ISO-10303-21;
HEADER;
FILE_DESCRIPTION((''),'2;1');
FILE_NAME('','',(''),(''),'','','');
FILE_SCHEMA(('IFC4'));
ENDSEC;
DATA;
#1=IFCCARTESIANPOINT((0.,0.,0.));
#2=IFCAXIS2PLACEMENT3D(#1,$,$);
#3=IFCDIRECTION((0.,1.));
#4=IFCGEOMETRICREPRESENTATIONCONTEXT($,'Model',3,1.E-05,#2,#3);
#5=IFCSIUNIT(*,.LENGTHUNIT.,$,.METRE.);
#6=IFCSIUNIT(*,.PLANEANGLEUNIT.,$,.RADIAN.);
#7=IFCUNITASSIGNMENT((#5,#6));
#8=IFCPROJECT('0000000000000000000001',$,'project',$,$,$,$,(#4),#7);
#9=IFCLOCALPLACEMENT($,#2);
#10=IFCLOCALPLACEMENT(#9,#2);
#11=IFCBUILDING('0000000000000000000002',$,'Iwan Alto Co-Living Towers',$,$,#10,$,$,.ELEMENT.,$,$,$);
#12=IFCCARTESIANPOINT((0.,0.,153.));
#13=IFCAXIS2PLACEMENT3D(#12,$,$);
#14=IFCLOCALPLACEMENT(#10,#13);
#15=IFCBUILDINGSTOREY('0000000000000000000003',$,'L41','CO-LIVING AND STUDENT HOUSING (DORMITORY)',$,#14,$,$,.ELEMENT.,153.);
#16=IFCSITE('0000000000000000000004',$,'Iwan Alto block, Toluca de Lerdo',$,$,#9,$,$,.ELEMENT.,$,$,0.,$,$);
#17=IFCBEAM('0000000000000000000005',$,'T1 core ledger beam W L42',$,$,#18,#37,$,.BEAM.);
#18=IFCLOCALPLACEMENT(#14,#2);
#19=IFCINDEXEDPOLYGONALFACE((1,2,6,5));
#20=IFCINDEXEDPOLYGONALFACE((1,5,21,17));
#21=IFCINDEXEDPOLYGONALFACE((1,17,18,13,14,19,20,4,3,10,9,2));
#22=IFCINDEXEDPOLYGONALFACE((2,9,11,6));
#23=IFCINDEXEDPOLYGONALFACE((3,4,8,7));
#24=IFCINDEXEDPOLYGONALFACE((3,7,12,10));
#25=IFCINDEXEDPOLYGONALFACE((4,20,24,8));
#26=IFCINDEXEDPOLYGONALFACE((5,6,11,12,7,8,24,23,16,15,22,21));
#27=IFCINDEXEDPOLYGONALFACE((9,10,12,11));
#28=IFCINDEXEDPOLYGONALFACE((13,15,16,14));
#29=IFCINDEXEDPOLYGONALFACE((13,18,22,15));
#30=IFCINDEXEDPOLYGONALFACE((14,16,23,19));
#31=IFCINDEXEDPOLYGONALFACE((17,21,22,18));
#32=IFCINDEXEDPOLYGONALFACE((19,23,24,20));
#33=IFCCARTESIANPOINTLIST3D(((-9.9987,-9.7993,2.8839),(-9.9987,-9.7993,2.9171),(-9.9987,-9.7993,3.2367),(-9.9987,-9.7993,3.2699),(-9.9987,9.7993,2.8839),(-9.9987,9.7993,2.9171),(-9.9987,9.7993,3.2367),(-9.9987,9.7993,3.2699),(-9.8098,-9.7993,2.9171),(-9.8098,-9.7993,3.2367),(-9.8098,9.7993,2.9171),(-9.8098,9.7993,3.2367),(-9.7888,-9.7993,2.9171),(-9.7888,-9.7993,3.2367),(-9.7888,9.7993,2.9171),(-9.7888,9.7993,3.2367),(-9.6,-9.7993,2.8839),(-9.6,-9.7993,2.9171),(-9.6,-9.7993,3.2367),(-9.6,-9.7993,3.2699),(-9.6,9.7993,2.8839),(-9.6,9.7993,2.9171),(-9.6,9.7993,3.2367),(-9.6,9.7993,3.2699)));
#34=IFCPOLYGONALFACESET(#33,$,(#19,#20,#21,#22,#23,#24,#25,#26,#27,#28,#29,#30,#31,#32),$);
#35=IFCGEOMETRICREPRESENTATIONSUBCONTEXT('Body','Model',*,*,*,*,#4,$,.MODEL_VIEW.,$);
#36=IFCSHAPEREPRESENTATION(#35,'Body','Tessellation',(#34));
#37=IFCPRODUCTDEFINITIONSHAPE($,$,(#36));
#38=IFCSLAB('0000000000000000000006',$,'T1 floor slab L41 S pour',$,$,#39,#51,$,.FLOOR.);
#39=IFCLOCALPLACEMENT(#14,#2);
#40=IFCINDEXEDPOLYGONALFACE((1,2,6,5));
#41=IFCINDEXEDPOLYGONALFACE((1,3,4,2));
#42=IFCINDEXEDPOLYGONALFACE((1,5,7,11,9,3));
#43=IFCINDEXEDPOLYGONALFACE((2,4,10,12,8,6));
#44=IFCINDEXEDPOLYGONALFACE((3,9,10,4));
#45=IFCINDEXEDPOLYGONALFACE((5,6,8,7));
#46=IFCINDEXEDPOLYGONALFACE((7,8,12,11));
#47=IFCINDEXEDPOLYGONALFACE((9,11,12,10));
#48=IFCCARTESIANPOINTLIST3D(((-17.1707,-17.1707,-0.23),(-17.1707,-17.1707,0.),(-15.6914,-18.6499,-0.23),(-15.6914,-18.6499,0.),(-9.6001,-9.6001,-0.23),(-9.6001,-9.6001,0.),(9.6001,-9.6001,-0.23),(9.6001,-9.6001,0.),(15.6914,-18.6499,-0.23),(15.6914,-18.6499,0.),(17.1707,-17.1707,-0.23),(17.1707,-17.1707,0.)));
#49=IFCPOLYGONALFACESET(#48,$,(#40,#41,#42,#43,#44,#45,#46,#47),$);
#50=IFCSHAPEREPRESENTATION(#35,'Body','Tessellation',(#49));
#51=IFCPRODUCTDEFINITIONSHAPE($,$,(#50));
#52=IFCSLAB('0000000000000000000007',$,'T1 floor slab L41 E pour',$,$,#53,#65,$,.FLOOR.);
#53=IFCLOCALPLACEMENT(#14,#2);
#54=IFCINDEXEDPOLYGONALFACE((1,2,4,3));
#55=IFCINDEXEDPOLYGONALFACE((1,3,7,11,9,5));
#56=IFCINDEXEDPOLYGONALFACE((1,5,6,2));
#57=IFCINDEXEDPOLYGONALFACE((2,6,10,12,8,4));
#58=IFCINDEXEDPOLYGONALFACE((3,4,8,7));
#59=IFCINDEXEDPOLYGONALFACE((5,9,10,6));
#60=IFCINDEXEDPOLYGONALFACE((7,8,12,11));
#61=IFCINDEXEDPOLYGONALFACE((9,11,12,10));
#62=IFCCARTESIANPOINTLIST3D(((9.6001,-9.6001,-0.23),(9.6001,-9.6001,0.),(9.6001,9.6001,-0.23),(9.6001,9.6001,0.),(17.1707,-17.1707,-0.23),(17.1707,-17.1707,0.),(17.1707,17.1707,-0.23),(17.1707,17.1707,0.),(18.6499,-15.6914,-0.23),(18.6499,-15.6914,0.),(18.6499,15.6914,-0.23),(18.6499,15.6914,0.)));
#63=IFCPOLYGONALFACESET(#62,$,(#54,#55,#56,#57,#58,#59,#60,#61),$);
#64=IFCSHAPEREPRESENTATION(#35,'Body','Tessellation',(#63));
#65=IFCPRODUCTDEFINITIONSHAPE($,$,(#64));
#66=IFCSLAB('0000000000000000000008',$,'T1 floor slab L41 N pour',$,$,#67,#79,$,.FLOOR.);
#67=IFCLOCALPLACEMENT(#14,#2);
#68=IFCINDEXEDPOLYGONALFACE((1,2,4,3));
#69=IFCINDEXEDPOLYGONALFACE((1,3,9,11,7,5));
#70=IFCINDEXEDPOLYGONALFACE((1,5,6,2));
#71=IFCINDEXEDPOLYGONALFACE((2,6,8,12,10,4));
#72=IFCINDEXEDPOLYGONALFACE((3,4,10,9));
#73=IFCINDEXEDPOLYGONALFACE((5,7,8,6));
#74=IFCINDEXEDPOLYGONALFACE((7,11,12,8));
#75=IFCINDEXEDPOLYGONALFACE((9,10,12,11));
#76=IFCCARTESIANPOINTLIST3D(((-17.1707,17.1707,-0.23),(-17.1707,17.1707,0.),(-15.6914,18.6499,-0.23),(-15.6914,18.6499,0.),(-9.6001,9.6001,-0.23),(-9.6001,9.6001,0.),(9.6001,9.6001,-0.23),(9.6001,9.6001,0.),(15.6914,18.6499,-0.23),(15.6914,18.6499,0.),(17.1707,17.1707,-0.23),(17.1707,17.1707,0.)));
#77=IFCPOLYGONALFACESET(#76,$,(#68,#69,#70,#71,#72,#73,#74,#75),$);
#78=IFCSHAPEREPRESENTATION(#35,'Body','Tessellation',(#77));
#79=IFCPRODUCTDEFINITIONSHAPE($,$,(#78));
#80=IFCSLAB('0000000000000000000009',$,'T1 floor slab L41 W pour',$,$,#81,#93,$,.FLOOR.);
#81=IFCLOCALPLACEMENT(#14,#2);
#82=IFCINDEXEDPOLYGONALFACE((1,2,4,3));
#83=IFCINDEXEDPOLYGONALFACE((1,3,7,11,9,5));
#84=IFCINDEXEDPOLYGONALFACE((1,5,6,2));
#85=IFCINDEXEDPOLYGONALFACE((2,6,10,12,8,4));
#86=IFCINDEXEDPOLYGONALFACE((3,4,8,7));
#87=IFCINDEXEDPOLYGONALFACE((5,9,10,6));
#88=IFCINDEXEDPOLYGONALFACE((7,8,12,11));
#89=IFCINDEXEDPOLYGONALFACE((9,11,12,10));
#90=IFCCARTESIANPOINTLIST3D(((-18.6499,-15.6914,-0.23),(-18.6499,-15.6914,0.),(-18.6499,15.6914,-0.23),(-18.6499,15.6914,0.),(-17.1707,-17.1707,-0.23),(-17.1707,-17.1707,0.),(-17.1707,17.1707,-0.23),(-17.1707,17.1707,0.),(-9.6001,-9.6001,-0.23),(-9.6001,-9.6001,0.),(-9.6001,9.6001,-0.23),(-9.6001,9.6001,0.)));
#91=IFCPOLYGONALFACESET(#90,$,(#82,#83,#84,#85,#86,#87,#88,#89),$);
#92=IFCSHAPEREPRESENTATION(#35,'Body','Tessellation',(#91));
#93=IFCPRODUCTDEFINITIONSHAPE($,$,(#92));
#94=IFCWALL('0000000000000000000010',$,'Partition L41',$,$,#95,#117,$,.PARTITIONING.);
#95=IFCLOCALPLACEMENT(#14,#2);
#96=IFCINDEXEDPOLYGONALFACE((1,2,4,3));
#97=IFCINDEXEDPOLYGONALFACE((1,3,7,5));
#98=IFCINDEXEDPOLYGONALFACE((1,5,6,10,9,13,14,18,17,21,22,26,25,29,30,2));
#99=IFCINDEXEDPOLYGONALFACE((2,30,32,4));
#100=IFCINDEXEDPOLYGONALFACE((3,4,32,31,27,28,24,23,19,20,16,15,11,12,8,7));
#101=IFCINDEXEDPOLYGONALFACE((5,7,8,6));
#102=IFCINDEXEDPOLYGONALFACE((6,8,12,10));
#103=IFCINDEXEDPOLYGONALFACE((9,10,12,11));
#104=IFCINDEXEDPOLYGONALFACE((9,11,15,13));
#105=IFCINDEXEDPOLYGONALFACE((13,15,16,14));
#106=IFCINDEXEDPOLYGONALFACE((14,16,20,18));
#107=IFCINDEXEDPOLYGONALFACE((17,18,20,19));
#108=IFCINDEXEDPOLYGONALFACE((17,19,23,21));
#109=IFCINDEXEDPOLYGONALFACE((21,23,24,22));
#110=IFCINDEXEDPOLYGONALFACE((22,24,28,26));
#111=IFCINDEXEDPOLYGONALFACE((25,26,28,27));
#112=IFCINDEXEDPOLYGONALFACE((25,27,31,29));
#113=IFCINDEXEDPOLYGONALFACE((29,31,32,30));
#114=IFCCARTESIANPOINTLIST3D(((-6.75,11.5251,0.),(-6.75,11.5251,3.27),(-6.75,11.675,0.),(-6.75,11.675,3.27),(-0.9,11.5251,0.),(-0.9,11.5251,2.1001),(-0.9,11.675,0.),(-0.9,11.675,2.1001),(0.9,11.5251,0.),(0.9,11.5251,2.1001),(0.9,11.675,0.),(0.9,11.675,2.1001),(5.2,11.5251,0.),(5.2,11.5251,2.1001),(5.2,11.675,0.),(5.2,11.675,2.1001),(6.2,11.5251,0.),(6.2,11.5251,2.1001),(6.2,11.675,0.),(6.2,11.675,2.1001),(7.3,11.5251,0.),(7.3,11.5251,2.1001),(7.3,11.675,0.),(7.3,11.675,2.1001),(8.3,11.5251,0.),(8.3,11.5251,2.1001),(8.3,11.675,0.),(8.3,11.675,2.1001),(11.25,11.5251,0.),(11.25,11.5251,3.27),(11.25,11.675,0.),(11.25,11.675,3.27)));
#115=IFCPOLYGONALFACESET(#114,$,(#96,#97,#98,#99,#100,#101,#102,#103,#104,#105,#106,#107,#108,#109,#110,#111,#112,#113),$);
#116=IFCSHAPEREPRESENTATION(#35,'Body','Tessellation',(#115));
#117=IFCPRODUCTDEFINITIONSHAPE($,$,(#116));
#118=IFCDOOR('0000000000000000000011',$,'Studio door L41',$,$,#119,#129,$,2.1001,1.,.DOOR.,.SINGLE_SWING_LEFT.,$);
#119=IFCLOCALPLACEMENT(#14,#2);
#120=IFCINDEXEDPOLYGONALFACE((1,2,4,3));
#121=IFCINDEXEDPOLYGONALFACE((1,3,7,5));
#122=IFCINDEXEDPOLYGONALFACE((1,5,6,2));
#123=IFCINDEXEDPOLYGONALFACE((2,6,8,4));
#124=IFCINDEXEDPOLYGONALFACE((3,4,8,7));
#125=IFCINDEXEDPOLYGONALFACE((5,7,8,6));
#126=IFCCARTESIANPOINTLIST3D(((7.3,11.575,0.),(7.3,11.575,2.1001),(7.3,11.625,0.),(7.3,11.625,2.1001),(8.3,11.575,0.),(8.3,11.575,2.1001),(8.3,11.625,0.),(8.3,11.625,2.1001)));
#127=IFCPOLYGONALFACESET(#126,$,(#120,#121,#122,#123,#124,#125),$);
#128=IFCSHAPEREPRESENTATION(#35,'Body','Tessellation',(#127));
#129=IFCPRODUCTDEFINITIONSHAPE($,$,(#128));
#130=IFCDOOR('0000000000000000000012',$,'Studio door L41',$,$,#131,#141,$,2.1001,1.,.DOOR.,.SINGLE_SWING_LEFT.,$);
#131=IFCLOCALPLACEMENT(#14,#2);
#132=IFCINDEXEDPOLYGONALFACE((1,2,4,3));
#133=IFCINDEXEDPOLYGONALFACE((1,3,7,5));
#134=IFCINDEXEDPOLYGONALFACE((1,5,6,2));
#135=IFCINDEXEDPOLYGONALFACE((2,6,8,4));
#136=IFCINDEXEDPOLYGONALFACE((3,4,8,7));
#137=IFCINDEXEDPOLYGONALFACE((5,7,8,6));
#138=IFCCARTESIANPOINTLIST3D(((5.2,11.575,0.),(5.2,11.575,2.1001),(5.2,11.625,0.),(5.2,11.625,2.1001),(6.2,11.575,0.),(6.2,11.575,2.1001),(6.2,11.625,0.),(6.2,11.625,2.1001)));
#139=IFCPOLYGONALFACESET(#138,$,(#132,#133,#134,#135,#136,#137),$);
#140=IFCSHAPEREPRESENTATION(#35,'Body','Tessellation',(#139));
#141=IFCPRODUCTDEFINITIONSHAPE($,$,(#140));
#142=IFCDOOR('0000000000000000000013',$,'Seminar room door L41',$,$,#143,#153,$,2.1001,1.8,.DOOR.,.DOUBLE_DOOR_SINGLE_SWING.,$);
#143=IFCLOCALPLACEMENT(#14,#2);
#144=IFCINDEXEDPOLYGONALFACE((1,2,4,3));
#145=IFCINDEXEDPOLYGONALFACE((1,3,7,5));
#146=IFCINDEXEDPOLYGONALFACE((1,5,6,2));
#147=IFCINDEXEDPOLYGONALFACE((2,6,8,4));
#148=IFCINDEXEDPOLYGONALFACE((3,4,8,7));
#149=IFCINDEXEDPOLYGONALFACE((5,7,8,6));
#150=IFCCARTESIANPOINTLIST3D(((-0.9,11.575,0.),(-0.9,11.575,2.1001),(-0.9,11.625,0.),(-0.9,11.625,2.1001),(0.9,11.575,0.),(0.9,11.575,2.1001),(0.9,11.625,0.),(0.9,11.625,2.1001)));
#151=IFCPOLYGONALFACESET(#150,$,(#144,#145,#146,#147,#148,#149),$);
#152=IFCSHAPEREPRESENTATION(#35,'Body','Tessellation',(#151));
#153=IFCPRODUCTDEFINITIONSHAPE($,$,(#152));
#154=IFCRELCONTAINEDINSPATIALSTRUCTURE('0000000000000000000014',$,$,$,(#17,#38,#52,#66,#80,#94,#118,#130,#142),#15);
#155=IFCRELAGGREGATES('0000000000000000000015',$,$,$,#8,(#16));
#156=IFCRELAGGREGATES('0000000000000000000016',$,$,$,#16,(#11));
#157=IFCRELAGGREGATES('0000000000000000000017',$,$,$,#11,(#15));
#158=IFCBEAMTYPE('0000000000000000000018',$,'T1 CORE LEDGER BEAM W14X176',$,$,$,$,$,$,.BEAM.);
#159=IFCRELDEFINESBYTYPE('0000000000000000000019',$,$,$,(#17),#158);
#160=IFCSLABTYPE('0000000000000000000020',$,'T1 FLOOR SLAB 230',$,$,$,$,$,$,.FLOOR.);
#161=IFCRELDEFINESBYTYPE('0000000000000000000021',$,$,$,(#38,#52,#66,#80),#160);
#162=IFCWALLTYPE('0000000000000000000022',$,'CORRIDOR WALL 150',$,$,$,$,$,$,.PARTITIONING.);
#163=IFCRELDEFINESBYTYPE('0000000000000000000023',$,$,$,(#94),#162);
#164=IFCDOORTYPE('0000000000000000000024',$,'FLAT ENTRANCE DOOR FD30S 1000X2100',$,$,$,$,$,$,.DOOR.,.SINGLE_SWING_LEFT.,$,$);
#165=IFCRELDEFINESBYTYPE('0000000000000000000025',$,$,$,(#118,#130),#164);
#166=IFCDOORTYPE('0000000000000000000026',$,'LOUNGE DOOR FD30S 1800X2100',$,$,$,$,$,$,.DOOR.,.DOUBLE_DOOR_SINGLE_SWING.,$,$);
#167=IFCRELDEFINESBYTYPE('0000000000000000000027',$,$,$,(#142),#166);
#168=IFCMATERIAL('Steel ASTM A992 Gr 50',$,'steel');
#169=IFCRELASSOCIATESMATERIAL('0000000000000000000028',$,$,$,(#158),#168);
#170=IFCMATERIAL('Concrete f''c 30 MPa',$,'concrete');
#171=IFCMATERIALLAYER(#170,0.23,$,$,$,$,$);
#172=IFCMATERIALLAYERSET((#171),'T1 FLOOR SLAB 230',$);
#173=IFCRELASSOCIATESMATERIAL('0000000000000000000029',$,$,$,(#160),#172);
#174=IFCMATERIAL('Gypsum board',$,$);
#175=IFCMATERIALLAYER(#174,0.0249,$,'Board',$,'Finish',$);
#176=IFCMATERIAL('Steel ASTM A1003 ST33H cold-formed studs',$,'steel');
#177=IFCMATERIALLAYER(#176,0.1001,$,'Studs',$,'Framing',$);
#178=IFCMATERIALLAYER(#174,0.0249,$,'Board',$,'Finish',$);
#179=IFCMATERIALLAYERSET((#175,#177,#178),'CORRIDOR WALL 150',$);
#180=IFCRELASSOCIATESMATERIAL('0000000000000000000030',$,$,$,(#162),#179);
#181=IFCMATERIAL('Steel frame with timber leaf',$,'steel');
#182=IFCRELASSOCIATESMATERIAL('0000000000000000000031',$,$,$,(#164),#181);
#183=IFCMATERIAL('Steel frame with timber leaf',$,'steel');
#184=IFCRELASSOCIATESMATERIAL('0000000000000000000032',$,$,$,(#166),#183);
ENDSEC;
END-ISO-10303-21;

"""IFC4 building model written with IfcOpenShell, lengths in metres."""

from ifc_helpers import new_model, si_unit, direction, frame, frame_2d, origin, origin_2d, place, context, subcontext, project, spatial, polyline, rectangle, i_section, outline, extrude, material, layer, layer_set, material_profile, profile_set, type_object, element, fill, save


model = new_model("IFC4")

# Units and contexts
model_context = context("Model", 3, precision=1e-05, world=origin(), true_north=direction((0.0, 1.0)))
body_context = subcontext(model_context, "Body", "Model", "MODEL_VIEW")
ifc_project = project(units=[si_unit("LENGTHUNIT", "METRE"), si_unit("PLANEANGLEUNIT", "RADIAN")], contexts=[model_context])

# Site, building, storey
site_placement = place(None, origin())
site = spatial("IfcSite", under=ifc_project, at=site_placement, Name="Iwan Alto block, Toluca de Lerdo", CompositionType="ELEMENT", RefElevation=0.0)
building_placement = place(site_placement, origin())
building = spatial("IfcBuilding", under=site, at=building_placement, Name="Iwan Alto Co-Living Towers", CompositionType="ELEMENT")
storey_placement = place(building_placement, frame((0.0, 0.0, 153.0)))
storey = spatial("IfcBuildingStorey", under=building, at=storey_placement, Name="L41", Description="CO-LIVING AND STUDENT HOUSING (DORMITORY)", CompositionType="ELEMENT", Elevation=153.0)

# Beam
ifc_material_1 = material(Name="Steel ASTM A992 Gr 50", Category="steel")
ifc_material_profile = material_profile(ifc_material_1, i_section(OverallWidth=0.3987, OverallDepth=0.386, WebThickness=0.021, FlangeThickness=0.0332, at=origin_2d()), Name="W14X176")
ifc_profile_set = profile_set([ifc_material_profile], Name="Steel ASTM A992 Gr 50")
beam_type = type_object("IfcBeamType", Name="T1 CORE LEDGER BEAM W14X176", PredefinedType="BEAM", material=ifc_profile_set)
beam_placement = place(storey_placement, frame((-9.7993, 9.7993, 3.0769), z_axis=(0.0, -1.0, 0.0), x_axis=(1.0, 0.0, 0.0)))
element("IfcBeam", 1, at=beam_placement, inside=storey, type_object=beam_type, Name="T1 core ledger beam W L42", PredefinedType="BEAM", context=body_context, shape_type="SweptSolid", body=[
    extrude(i_section(OverallWidth=0.3987, OverallDepth=0.386, WebThickness=0.021, FlangeThickness=0.0332, at=origin_2d()), origin(), (0.0, 0.0, 1.0), 19.5986),
])

# Slabs
ifc_material_2 = material(Name="Concrete f'c 30 MPa", Category="concrete")
ifc_layer_1 = layer(ifc_material_2, 0.23)
ifc_layer_set_1 = layer_set([ifc_layer_1], Name="T1 FLOOR SLAB 230")
slab_type = type_object("IfcSlabType", Name="T1 FLOOR SLAB 230", PredefinedType="FLOOR", material=ifc_layer_set_1)
slab_1_placement = place(storey_placement, frame((0.0, 0.0, -0.23)))
element("IfcSlab", 2, at=slab_1_placement, inside=storey, type_object=slab_type, Name="T1 floor slab L41 S pour", PredefinedType="FLOOR", context=body_context, shape_type="SweptSolid", body=[
    extrude(outline(polyline([(15.6914, -18.6499), (-15.6914, -18.6499), (-17.1707, -17.1707), (-9.6001, -9.6001), (9.6001, -9.6001), (17.1707, -17.1707), (15.6914, -18.6499)])), origin(), (0.0, 0.0, 1.0), 0.23),
])
slab_2_placement = place(storey_placement, frame((0.0, 0.0, -0.23)))
element("IfcSlab", 3, at=slab_2_placement, inside=storey, type_object=slab_type, Name="T1 floor slab L41 E pour", PredefinedType="FLOOR", context=body_context, shape_type="SweptSolid", body=[
    extrude(outline(polyline([(18.6499, 15.6914), (18.6499, -15.6914), (17.1707, -17.1707), (9.6001, -9.6001), (9.6001, 9.6001), (17.1707, 17.1707), (18.6499, 15.6914)])), origin(), (0.0, 0.0, 1.0), 0.23),
])
slab_3_placement = place(storey_placement, frame((0.0, 0.0, -0.23)))
element("IfcSlab", 4, at=slab_3_placement, inside=storey, type_object=slab_type, Name="T1 floor slab L41 N pour", PredefinedType="FLOOR", context=body_context, shape_type="SweptSolid", body=[
    extrude(outline(polyline([(-15.6914, 18.6499), (15.6914, 18.6499), (17.1707, 17.1707), (9.6001, 9.6001), (-9.6001, 9.6001), (-17.1707, 17.1707), (-15.6914, 18.6499)])), origin(), (0.0, 0.0, 1.0), 0.23),
])
slab_4_placement = place(storey_placement, frame((0.0, 0.0, -0.23)))
element("IfcSlab", 5, at=slab_4_placement, inside=storey, type_object=slab_type, Name="T1 floor slab L41 W pour", PredefinedType="FLOOR", context=body_context, shape_type="SweptSolid", body=[
    extrude(outline(polyline([(-18.6499, 15.6914), (-17.1707, 17.1707), (-9.6001, 9.6001), (-9.6001, -9.6001), (-17.1707, -17.1707), (-18.6499, -15.6914), (-18.6499, 15.6914)])), origin(), (0.0, 0.0, 1.0), 0.23),
])

# Wall, openings, doors
ifc_material_3 = material(Name="Gypsum board")
ifc_layer_2 = layer(ifc_material_3, 0.0249, Name="Board", Category="Finish")
ifc_material_4 = material(Name="Steel ASTM A1003 ST33H cold-formed studs", Category="steel")
ifc_layer_3 = layer(ifc_material_4, 0.1001, Name="Studs", Category="Framing")
ifc_layer_4 = layer(ifc_material_3, 0.0249, Name="Board", Category="Finish")
ifc_layer_set_2 = layer_set([ifc_layer_2, ifc_layer_3, ifc_layer_4], Name="CORRIDOR WALL 150")
wall_type_1 = type_object("IfcWallType", Name="CORRIDOR WALL 150", PredefinedType="PARTITIONING", material=ifc_layer_set_2)
wall_1_placement = place(storey_placement, frame((-6.75, 11.6001, 0.0), z_axis=(0.0, 0.0, 1.0), x_axis=(1.0, 0.0, 0.0)))
wall_1 = element("IfcWall", 6, at=wall_1_placement, inside=storey, type_object=wall_type_1, Name="Partition L41", PredefinedType="PARTITIONING", context=body_context, shape_type="SweptSolid", body=[
    extrude(rectangle(XDim=18.0, YDim=0.1499, at=frame_2d((9.0, 0.0))), origin(), (0.0, 0.0, 1.0), 3.27),
])
opening_1_placement = place(wall_1_placement, frame((14.05, 0.0, 0.0)))
opening_1 = element("IfcOpeningElement", 7, at=opening_1_placement, cuts=wall_1, PredefinedType="OPENING", context=body_context, shape_type="SweptSolid", body=[
    extrude(rectangle(XDim=1.0, YDim=2.1001, at=frame_2d((0.5, 1.05))), frame((0.0, 0.085, 0.0), z_axis=(0.0, -1.0, 0.0), x_axis=(1.0, 0.0, 0.0)), (0.0, 0.0, 1.0), 0.1699),
])
opening_2_placement = place(wall_1_placement, frame((11.95, 0.0, 0.0)))
opening_2 = element("IfcOpeningElement", 8, at=opening_2_placement, cuts=wall_1, PredefinedType="OPENING", context=body_context, shape_type="SweptSolid", body=[
    extrude(rectangle(XDim=1.0, YDim=2.1001, at=frame_2d((0.5, 1.05))), frame((0.0, 0.085, 0.0), z_axis=(0.0, -1.0, 0.0), x_axis=(1.0, 0.0, 0.0)), (0.0, 0.0, 1.0), 0.1699),
])
opening_3_placement = place(wall_1_placement, frame((5.8501, 0.0, 0.0)))
opening_3 = element("IfcOpeningElement", 9, at=opening_3_placement, cuts=wall_1, PredefinedType="OPENING", context=body_context, shape_type="SweptSolid", body=[
    extrude(rectangle(XDim=1.8, YDim=2.1001, at=frame_2d((0.8999, 1.05))), frame((0.0, 0.085, 0.0), z_axis=(0.0, -1.0, 0.0), x_axis=(1.0, 0.0, 0.0)), (0.0, 0.0, 1.0), 0.1699),
])
ifc_material_5 = material(Name="Steel frame with timber leaf", Category="steel")
door_type_1 = type_object("IfcDoorType", Name="FLAT ENTRANCE DOOR FD30S 1000X2100", OperationType="SINGLE_SWING_LEFT", PredefinedType="DOOR", material=ifc_material_5)
door_1_placement = place(opening_1_placement, origin())
door_1 = element("IfcDoor", 10, at=door_1_placement, inside=storey, type_object=door_type_1, Name="Studio door L41", OperationType="SINGLE_SWING_LEFT", OverallHeight=2.1001, OverallWidth=1.0, PredefinedType="DOOR", context=body_context, shape_type="SweptSolid", body=[
    extrude(rectangle(XDim=1.0, YDim=2.1001, at=frame_2d((0.5, 1.05))), frame((0.0, 0.0249, 0.0), z_axis=(0.0, -1.0, 0.0), x_axis=(1.0, 0.0, 0.0)), (0.0, 0.0, 1.0), 0.05),
])
fill(opening_1, door_1)
door_2_placement = place(opening_2_placement, origin())
door_2 = element("IfcDoor", 11, at=door_2_placement, inside=storey, type_object=door_type_1, Name="Studio door L41", OperationType="SINGLE_SWING_LEFT", OverallHeight=2.1001, OverallWidth=1.0, PredefinedType="DOOR", context=body_context, shape_type="SweptSolid", body=[
    extrude(rectangle(XDim=1.0, YDim=2.1001, at=frame_2d((0.5, 1.05))), frame((0.0, 0.0249, 0.0), z_axis=(0.0, -1.0, 0.0), x_axis=(1.0, 0.0, 0.0)), (0.0, 0.0, 1.0), 0.05),
])
fill(opening_2, door_2)
ifc_material_6 = material(Name="Steel frame with timber leaf", Category="steel")
door_type_2 = type_object("IfcDoorType", Name="LOUNGE DOOR FD30S 1800X2100", OperationType="DOUBLE_DOOR_SINGLE_SWING", PredefinedType="DOOR", material=ifc_material_6)
door_3_placement = place(opening_3_placement, origin())
door_3 = element("IfcDoor", 12, at=door_3_placement, inside=storey, type_object=door_type_2, Name="Seminar room door L41", OperationType="DOUBLE_DOOR_SINGLE_SWING", OverallHeight=2.1001, OverallWidth=1.8, PredefinedType="DOOR", context=body_context, shape_type="SweptSolid", body=[
    extrude(rectangle(XDim=1.8, YDim=2.1001, at=frame_2d((0.8999, 1.05))), frame((0.0, 0.0249, 0.0), z_axis=(0.0, -1.0, 0.0), x_axis=(1.0, 0.0, 0.0)), (0.0, 0.0, 1.0), 0.05),
])
fill(opening_3, door_3)

save(model, "model.ifc")
